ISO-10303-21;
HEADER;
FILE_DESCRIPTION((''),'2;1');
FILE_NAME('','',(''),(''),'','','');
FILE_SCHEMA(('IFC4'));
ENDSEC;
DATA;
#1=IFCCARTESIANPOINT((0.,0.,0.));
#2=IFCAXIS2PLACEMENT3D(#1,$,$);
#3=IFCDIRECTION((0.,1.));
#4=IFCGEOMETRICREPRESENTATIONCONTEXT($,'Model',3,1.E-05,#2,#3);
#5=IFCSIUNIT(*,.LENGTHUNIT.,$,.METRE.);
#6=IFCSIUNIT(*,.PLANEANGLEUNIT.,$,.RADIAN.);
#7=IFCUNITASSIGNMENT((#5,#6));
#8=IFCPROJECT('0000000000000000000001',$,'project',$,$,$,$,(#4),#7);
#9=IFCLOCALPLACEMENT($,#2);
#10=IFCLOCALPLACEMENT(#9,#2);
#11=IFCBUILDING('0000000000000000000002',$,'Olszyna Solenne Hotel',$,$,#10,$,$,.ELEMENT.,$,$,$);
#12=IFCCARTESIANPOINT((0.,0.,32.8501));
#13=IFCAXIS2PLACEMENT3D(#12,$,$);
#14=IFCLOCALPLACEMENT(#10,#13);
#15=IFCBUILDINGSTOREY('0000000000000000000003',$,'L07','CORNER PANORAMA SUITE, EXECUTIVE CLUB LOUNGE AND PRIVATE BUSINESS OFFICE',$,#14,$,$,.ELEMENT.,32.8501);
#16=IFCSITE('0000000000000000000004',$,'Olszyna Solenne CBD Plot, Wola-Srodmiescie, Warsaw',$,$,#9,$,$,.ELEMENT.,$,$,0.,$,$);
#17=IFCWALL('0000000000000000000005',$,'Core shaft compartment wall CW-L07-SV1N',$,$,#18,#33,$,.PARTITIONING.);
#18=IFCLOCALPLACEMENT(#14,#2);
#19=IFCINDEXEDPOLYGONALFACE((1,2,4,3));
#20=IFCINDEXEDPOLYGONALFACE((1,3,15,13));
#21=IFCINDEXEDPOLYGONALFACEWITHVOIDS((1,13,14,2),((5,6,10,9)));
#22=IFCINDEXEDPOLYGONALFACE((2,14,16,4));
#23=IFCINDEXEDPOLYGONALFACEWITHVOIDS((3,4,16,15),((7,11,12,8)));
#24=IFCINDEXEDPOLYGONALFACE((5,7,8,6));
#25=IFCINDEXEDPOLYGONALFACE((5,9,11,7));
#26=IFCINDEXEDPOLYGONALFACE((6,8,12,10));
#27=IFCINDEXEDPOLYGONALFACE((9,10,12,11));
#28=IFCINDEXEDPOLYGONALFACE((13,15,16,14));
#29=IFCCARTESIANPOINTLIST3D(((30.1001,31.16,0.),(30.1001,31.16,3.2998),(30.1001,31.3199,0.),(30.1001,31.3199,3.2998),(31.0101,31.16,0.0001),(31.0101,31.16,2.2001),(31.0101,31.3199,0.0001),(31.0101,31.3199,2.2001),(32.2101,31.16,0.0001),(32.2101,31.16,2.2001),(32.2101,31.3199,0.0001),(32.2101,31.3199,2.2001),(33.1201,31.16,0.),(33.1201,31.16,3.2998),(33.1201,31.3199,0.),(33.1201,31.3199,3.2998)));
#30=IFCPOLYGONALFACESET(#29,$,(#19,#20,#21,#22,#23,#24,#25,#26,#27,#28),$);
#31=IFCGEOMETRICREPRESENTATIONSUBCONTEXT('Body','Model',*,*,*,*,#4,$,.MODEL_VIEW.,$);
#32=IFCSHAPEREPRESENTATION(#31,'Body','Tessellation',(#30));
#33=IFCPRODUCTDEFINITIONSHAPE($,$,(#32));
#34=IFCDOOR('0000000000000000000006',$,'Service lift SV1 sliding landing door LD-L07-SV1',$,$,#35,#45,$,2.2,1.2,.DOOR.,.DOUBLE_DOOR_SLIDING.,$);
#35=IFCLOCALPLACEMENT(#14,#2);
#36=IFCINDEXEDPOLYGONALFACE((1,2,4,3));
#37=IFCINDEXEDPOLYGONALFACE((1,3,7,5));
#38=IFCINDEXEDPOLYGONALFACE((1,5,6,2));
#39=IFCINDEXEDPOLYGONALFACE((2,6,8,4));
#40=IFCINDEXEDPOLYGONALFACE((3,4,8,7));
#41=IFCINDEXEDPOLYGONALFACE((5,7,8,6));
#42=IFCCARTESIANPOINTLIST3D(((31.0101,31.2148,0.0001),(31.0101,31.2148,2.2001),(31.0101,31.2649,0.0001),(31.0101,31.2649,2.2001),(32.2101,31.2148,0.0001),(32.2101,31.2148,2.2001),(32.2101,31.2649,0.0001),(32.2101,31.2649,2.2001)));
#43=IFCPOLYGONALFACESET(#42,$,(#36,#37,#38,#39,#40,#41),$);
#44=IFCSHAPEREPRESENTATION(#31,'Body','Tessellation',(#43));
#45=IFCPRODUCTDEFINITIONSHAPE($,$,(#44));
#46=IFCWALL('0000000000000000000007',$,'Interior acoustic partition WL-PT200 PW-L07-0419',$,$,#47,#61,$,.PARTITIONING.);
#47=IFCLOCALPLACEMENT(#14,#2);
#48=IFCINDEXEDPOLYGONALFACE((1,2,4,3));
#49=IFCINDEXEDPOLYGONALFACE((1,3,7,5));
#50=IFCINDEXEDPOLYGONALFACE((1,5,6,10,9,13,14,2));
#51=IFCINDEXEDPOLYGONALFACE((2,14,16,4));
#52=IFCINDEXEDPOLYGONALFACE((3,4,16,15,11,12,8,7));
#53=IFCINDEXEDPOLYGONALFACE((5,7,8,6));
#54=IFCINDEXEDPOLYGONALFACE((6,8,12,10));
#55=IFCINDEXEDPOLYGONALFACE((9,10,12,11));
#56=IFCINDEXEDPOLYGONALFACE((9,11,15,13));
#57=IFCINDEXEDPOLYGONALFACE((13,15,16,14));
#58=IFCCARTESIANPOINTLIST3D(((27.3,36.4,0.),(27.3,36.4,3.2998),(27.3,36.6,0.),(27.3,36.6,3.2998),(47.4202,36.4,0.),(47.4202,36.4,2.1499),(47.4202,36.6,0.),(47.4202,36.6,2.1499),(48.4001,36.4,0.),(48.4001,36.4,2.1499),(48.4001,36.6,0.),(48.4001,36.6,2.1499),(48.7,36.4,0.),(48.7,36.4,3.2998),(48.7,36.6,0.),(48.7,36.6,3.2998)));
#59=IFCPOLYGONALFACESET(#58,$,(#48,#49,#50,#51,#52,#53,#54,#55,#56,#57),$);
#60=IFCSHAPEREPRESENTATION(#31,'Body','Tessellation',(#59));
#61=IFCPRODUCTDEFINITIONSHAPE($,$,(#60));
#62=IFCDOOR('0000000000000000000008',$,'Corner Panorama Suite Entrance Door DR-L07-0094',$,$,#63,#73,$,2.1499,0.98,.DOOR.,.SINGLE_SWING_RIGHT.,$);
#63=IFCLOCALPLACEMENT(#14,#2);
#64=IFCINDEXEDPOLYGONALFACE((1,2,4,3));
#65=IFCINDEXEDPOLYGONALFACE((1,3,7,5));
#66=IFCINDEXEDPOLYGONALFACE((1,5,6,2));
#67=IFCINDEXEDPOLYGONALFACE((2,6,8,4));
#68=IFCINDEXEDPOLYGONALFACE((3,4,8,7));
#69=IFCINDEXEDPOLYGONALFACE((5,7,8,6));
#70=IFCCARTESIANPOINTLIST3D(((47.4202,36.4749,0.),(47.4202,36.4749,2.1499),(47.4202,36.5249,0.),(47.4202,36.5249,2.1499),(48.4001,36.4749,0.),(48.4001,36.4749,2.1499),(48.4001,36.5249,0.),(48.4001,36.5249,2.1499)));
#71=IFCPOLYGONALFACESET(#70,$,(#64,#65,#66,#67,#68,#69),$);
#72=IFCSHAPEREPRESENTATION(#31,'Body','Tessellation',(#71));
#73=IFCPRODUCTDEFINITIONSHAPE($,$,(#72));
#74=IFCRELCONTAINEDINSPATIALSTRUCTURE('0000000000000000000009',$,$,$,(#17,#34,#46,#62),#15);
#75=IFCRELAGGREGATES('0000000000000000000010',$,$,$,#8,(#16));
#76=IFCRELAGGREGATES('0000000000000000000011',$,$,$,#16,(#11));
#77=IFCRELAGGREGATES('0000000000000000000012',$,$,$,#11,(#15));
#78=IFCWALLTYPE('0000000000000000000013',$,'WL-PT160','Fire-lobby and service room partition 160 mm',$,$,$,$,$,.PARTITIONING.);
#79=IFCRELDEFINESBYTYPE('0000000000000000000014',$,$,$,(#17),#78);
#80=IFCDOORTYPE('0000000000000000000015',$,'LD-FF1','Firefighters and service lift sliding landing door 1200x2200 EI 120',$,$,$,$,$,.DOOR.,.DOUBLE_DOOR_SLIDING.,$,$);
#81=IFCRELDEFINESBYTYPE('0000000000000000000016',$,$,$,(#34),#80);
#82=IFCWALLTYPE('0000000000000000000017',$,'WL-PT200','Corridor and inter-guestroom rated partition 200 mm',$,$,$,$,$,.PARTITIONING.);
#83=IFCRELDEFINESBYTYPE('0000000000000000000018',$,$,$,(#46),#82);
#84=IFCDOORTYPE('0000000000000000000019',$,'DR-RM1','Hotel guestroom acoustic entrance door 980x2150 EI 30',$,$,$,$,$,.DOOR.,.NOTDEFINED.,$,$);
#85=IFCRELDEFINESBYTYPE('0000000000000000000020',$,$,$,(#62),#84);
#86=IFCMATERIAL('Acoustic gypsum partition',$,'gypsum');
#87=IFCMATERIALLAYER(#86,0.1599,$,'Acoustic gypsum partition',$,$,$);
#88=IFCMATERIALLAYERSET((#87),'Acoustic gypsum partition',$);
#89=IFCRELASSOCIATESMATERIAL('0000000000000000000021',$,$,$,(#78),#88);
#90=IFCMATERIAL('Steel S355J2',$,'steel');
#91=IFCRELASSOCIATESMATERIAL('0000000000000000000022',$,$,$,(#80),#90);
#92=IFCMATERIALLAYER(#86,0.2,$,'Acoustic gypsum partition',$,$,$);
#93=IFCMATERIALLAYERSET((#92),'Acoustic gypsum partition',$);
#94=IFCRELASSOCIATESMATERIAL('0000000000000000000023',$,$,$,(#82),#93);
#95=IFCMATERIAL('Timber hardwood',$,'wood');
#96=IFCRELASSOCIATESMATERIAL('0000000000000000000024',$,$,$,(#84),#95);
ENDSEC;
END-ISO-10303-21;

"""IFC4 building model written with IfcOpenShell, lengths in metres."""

from ifc_helpers import new_model, si_unit, direction, frame, frame_2d, origin, place, context, subcontext, project, spatial, rectangle, extrude, source, transform, mapped, material, layer, layer_set, type_object, type_shapes, element, fill, save


model = new_model("IFC4")

# Units and contexts
model_context = context("Model", 3, precision=1e-05, world=origin(), true_north=direction((0.0, 1.0)))
body_context = subcontext(model_context, "Body", "Model", "MODEL_VIEW")
ifc_project = project(units=[si_unit("LENGTHUNIT", "METRE"), si_unit("PLANEANGLEUNIT", "RADIAN")], contexts=[model_context])

# Site, building, storey
site_placement = place(None, origin())
site = spatial("IfcSite", under=ifc_project, at=site_placement, Name="Olszyna Solenne CBD Plot, Wola-Srodmiescie, Warsaw", CompositionType="ELEMENT", RefElevation=0.0)
building_placement = place(site_placement, origin())
building = spatial("IfcBuilding", under=site, at=building_placement, Name="Olszyna Solenne Hotel", CompositionType="ELEMENT")
storey_placement = place(building_placement, frame((0.0, 0.0, 32.8501)))
storey = spatial("IfcBuildingStorey", under=building, at=storey_placement, Name="L07", Description="CORNER PANORAMA SUITE, EXECUTIVE CLUB LOUNGE AND PRIVATE BUSINESS OFFICE", CompositionType="ELEMENT", Elevation=32.8501)

# Shared definitions
ifc_material_1 = material(Name="Steel S355J2", Category="steel")

# Shared definitions
ifc_material_2 = material(Name="Acoustic gypsum partition", Category="gypsum")
ifc_layer_1 = layer(ifc_material_2, 0.1599, Name="Acoustic gypsum partition")
ifc_layer_set_1 = layer_set([ifc_layer_1], Name="Acoustic gypsum partition")
wall_type_1 = type_object("IfcWallType", Name="WL-PT160", Description="Fire-lobby and service room partition 160 mm", PredefinedType="PARTITIONING", material=ifc_layer_set_1)

# Walls, openings, doors
wall_1_placement = place(storey_placement, frame((30.1001, 31.24, 0.0), z_axis=(0.0, 0.0, 1.0), x_axis=(1.0, 0.0, 0.0)))
wall_1 = element("IfcWall", 1, at=wall_1_placement, inside=storey, type_object=wall_type_1, Name="Core shaft compartment wall CW-L07-SV1N", PredefinedType="PARTITIONING", context=body_context, shape_type="SweptSolid", body=[
    extrude(rectangle(XDim=3.02, YDim=0.1599, at=frame_2d((1.51, 0.0))), origin(), (0.0, 0.0, 1.0), 3.2998),
])
opening_1_placement = place(wall_1_placement, frame((0.9099, 0.0, 0.0)))
opening_1 = element("IfcOpeningElement", 2, at=opening_1_placement, cuts=wall_1, PredefinedType="OPENING", context=body_context, shape_type="SweptSolid", body=[
    extrude(rectangle(XDim=1.2, YDim=2.2, at=frame_2d((0.6001, 1.1001))), frame((0.0, 0.0898, 0.0), z_axis=(0.0, -1.0, 0.0), x_axis=(1.0, 0.0, 0.0)), (0.0, 0.0, 1.0), 0.1799),
])
door_type_1 = type_object("IfcDoorType", Name="LD-FF1", Description="Firefighters and service lift sliding landing door 1200x2200 EI 120", OperationType="DOUBLE_DOOR_SLIDING", PredefinedType="DOOR", material=ifc_material_1)
shared_shape_1 = source(origin(), body_context, "Body", "SweptSolid", [
    extrude(rectangle(XDim=1.2, YDim=2.2, at=frame_2d((0.6001, 1.1001))), frame((0.0, 0.0249, 0.0), z_axis=(0.0, -1.0, 0.0), x_axis=(1.0, 0.0, 0.0)), (0.0, 0.0, 1.0), 0.05),
])
type_shapes(door_type_1, [shared_shape_1])
door_1_placement = place(opening_1_placement, origin())
door_1 = element("IfcDoor", 3, at=door_1_placement, inside=storey, type_object=door_type_1, Name="Service lift SV1 sliding landing door LD-L07-SV1", OperationType="DOUBLE_DOOR_SLIDING", OverallHeight=2.2, OverallWidth=1.2, PredefinedType="DOOR", context=body_context, shape_type="MappedRepresentation", body=[
    mapped(shared_shape_1, transform((0.0, 0.0, 0.0), x_axis=(1.0, 0.0, 0.0), y_axis=(0.0, 1.0, 0.0), z_axis=(0.0, 0.0, 1.0), scale=1.0)),
])
fill(opening_1, door_1)
ifc_layer_2 = layer(ifc_material_2, 0.2, Name="Acoustic gypsum partition")
ifc_layer_set_2 = layer_set([ifc_layer_2], Name="Acoustic gypsum partition")
wall_type_2 = type_object("IfcWallType", Name="WL-PT200", Description="Corridor and inter-guestroom rated partition 200 mm", PredefinedType="PARTITIONING", material=ifc_layer_set_2)
wall_2_placement = place(storey_placement, frame((27.3, 36.5, 0.0), z_axis=(0.0, 0.0, 1.0), x_axis=(1.0, 0.0, 0.0)))
wall_2 = element("IfcWall", 4, at=wall_2_placement, inside=storey, type_object=wall_type_2, Name="Interior acoustic partition WL-PT200 PW-L07-0419", PredefinedType="PARTITIONING", context=body_context, shape_type="SweptSolid", body=[
    extrude(rectangle(XDim=21.3999, YDim=0.2, at=frame_2d((10.7, 0.0))), origin(), (0.0, 0.0, 1.0), 3.2998),
])
opening_2_placement = place(wall_2_placement, frame((20.1201, 0.0, 0.0)))
opening_2 = element("IfcOpeningElement", 5, at=opening_2_placement, cuts=wall_2, PredefinedType="OPENING", context=body_context, shape_type="SweptSolid", body=[
    extrude(rectangle(XDim=0.98, YDim=2.1499, at=frame_2d((0.49, 1.075))), frame((0.0, 0.1099, 0.0), z_axis=(0.0, -1.0, 0.0), x_axis=(1.0, 0.0, 0.0)), (0.0, 0.0, 1.0), 0.22),
])
ifc_material_3 = material(Name="Timber hardwood", Category="wood")
door_type_2 = type_object("IfcDoorType", Name="DR-RM1", Description="Hotel guestroom acoustic entrance door 980x2150 EI 30", OperationType="NOTDEFINED", PredefinedType="DOOR", material=ifc_material_3)
shared_shape_2 = source(origin(), body_context, "Body", "SweptSolid", [
    extrude(rectangle(XDim=0.98, YDim=2.1499, at=frame_2d((0.49, 1.075))), frame((0.0, 0.0249, 0.0), z_axis=(0.0, -1.0, 0.0), x_axis=(1.0, 0.0, 0.0)), (0.0, 0.0, 1.0), 0.05),
])
type_shapes(door_type_2, [shared_shape_2])
door_2_placement = place(opening_2_placement, origin())
door_2 = element("IfcDoor", 6, at=door_2_placement, inside=storey, type_object=door_type_2, Name="Corner Panorama Suite Entrance Door DR-L07-0094", OperationType="SINGLE_SWING_RIGHT", OverallHeight=2.1499, OverallWidth=0.98, PredefinedType="DOOR", context=body_context, shape_type="MappedRepresentation", body=[
    mapped(shared_shape_2, transform((0.0, 0.0, 0.0), x_axis=(1.0, 0.0, 0.0), y_axis=(0.0, 1.0, 0.0), z_axis=(0.0, 0.0, 1.0), scale=1.0)),
])
fill(opening_2, door_2)

save(model, "model.ifc")
